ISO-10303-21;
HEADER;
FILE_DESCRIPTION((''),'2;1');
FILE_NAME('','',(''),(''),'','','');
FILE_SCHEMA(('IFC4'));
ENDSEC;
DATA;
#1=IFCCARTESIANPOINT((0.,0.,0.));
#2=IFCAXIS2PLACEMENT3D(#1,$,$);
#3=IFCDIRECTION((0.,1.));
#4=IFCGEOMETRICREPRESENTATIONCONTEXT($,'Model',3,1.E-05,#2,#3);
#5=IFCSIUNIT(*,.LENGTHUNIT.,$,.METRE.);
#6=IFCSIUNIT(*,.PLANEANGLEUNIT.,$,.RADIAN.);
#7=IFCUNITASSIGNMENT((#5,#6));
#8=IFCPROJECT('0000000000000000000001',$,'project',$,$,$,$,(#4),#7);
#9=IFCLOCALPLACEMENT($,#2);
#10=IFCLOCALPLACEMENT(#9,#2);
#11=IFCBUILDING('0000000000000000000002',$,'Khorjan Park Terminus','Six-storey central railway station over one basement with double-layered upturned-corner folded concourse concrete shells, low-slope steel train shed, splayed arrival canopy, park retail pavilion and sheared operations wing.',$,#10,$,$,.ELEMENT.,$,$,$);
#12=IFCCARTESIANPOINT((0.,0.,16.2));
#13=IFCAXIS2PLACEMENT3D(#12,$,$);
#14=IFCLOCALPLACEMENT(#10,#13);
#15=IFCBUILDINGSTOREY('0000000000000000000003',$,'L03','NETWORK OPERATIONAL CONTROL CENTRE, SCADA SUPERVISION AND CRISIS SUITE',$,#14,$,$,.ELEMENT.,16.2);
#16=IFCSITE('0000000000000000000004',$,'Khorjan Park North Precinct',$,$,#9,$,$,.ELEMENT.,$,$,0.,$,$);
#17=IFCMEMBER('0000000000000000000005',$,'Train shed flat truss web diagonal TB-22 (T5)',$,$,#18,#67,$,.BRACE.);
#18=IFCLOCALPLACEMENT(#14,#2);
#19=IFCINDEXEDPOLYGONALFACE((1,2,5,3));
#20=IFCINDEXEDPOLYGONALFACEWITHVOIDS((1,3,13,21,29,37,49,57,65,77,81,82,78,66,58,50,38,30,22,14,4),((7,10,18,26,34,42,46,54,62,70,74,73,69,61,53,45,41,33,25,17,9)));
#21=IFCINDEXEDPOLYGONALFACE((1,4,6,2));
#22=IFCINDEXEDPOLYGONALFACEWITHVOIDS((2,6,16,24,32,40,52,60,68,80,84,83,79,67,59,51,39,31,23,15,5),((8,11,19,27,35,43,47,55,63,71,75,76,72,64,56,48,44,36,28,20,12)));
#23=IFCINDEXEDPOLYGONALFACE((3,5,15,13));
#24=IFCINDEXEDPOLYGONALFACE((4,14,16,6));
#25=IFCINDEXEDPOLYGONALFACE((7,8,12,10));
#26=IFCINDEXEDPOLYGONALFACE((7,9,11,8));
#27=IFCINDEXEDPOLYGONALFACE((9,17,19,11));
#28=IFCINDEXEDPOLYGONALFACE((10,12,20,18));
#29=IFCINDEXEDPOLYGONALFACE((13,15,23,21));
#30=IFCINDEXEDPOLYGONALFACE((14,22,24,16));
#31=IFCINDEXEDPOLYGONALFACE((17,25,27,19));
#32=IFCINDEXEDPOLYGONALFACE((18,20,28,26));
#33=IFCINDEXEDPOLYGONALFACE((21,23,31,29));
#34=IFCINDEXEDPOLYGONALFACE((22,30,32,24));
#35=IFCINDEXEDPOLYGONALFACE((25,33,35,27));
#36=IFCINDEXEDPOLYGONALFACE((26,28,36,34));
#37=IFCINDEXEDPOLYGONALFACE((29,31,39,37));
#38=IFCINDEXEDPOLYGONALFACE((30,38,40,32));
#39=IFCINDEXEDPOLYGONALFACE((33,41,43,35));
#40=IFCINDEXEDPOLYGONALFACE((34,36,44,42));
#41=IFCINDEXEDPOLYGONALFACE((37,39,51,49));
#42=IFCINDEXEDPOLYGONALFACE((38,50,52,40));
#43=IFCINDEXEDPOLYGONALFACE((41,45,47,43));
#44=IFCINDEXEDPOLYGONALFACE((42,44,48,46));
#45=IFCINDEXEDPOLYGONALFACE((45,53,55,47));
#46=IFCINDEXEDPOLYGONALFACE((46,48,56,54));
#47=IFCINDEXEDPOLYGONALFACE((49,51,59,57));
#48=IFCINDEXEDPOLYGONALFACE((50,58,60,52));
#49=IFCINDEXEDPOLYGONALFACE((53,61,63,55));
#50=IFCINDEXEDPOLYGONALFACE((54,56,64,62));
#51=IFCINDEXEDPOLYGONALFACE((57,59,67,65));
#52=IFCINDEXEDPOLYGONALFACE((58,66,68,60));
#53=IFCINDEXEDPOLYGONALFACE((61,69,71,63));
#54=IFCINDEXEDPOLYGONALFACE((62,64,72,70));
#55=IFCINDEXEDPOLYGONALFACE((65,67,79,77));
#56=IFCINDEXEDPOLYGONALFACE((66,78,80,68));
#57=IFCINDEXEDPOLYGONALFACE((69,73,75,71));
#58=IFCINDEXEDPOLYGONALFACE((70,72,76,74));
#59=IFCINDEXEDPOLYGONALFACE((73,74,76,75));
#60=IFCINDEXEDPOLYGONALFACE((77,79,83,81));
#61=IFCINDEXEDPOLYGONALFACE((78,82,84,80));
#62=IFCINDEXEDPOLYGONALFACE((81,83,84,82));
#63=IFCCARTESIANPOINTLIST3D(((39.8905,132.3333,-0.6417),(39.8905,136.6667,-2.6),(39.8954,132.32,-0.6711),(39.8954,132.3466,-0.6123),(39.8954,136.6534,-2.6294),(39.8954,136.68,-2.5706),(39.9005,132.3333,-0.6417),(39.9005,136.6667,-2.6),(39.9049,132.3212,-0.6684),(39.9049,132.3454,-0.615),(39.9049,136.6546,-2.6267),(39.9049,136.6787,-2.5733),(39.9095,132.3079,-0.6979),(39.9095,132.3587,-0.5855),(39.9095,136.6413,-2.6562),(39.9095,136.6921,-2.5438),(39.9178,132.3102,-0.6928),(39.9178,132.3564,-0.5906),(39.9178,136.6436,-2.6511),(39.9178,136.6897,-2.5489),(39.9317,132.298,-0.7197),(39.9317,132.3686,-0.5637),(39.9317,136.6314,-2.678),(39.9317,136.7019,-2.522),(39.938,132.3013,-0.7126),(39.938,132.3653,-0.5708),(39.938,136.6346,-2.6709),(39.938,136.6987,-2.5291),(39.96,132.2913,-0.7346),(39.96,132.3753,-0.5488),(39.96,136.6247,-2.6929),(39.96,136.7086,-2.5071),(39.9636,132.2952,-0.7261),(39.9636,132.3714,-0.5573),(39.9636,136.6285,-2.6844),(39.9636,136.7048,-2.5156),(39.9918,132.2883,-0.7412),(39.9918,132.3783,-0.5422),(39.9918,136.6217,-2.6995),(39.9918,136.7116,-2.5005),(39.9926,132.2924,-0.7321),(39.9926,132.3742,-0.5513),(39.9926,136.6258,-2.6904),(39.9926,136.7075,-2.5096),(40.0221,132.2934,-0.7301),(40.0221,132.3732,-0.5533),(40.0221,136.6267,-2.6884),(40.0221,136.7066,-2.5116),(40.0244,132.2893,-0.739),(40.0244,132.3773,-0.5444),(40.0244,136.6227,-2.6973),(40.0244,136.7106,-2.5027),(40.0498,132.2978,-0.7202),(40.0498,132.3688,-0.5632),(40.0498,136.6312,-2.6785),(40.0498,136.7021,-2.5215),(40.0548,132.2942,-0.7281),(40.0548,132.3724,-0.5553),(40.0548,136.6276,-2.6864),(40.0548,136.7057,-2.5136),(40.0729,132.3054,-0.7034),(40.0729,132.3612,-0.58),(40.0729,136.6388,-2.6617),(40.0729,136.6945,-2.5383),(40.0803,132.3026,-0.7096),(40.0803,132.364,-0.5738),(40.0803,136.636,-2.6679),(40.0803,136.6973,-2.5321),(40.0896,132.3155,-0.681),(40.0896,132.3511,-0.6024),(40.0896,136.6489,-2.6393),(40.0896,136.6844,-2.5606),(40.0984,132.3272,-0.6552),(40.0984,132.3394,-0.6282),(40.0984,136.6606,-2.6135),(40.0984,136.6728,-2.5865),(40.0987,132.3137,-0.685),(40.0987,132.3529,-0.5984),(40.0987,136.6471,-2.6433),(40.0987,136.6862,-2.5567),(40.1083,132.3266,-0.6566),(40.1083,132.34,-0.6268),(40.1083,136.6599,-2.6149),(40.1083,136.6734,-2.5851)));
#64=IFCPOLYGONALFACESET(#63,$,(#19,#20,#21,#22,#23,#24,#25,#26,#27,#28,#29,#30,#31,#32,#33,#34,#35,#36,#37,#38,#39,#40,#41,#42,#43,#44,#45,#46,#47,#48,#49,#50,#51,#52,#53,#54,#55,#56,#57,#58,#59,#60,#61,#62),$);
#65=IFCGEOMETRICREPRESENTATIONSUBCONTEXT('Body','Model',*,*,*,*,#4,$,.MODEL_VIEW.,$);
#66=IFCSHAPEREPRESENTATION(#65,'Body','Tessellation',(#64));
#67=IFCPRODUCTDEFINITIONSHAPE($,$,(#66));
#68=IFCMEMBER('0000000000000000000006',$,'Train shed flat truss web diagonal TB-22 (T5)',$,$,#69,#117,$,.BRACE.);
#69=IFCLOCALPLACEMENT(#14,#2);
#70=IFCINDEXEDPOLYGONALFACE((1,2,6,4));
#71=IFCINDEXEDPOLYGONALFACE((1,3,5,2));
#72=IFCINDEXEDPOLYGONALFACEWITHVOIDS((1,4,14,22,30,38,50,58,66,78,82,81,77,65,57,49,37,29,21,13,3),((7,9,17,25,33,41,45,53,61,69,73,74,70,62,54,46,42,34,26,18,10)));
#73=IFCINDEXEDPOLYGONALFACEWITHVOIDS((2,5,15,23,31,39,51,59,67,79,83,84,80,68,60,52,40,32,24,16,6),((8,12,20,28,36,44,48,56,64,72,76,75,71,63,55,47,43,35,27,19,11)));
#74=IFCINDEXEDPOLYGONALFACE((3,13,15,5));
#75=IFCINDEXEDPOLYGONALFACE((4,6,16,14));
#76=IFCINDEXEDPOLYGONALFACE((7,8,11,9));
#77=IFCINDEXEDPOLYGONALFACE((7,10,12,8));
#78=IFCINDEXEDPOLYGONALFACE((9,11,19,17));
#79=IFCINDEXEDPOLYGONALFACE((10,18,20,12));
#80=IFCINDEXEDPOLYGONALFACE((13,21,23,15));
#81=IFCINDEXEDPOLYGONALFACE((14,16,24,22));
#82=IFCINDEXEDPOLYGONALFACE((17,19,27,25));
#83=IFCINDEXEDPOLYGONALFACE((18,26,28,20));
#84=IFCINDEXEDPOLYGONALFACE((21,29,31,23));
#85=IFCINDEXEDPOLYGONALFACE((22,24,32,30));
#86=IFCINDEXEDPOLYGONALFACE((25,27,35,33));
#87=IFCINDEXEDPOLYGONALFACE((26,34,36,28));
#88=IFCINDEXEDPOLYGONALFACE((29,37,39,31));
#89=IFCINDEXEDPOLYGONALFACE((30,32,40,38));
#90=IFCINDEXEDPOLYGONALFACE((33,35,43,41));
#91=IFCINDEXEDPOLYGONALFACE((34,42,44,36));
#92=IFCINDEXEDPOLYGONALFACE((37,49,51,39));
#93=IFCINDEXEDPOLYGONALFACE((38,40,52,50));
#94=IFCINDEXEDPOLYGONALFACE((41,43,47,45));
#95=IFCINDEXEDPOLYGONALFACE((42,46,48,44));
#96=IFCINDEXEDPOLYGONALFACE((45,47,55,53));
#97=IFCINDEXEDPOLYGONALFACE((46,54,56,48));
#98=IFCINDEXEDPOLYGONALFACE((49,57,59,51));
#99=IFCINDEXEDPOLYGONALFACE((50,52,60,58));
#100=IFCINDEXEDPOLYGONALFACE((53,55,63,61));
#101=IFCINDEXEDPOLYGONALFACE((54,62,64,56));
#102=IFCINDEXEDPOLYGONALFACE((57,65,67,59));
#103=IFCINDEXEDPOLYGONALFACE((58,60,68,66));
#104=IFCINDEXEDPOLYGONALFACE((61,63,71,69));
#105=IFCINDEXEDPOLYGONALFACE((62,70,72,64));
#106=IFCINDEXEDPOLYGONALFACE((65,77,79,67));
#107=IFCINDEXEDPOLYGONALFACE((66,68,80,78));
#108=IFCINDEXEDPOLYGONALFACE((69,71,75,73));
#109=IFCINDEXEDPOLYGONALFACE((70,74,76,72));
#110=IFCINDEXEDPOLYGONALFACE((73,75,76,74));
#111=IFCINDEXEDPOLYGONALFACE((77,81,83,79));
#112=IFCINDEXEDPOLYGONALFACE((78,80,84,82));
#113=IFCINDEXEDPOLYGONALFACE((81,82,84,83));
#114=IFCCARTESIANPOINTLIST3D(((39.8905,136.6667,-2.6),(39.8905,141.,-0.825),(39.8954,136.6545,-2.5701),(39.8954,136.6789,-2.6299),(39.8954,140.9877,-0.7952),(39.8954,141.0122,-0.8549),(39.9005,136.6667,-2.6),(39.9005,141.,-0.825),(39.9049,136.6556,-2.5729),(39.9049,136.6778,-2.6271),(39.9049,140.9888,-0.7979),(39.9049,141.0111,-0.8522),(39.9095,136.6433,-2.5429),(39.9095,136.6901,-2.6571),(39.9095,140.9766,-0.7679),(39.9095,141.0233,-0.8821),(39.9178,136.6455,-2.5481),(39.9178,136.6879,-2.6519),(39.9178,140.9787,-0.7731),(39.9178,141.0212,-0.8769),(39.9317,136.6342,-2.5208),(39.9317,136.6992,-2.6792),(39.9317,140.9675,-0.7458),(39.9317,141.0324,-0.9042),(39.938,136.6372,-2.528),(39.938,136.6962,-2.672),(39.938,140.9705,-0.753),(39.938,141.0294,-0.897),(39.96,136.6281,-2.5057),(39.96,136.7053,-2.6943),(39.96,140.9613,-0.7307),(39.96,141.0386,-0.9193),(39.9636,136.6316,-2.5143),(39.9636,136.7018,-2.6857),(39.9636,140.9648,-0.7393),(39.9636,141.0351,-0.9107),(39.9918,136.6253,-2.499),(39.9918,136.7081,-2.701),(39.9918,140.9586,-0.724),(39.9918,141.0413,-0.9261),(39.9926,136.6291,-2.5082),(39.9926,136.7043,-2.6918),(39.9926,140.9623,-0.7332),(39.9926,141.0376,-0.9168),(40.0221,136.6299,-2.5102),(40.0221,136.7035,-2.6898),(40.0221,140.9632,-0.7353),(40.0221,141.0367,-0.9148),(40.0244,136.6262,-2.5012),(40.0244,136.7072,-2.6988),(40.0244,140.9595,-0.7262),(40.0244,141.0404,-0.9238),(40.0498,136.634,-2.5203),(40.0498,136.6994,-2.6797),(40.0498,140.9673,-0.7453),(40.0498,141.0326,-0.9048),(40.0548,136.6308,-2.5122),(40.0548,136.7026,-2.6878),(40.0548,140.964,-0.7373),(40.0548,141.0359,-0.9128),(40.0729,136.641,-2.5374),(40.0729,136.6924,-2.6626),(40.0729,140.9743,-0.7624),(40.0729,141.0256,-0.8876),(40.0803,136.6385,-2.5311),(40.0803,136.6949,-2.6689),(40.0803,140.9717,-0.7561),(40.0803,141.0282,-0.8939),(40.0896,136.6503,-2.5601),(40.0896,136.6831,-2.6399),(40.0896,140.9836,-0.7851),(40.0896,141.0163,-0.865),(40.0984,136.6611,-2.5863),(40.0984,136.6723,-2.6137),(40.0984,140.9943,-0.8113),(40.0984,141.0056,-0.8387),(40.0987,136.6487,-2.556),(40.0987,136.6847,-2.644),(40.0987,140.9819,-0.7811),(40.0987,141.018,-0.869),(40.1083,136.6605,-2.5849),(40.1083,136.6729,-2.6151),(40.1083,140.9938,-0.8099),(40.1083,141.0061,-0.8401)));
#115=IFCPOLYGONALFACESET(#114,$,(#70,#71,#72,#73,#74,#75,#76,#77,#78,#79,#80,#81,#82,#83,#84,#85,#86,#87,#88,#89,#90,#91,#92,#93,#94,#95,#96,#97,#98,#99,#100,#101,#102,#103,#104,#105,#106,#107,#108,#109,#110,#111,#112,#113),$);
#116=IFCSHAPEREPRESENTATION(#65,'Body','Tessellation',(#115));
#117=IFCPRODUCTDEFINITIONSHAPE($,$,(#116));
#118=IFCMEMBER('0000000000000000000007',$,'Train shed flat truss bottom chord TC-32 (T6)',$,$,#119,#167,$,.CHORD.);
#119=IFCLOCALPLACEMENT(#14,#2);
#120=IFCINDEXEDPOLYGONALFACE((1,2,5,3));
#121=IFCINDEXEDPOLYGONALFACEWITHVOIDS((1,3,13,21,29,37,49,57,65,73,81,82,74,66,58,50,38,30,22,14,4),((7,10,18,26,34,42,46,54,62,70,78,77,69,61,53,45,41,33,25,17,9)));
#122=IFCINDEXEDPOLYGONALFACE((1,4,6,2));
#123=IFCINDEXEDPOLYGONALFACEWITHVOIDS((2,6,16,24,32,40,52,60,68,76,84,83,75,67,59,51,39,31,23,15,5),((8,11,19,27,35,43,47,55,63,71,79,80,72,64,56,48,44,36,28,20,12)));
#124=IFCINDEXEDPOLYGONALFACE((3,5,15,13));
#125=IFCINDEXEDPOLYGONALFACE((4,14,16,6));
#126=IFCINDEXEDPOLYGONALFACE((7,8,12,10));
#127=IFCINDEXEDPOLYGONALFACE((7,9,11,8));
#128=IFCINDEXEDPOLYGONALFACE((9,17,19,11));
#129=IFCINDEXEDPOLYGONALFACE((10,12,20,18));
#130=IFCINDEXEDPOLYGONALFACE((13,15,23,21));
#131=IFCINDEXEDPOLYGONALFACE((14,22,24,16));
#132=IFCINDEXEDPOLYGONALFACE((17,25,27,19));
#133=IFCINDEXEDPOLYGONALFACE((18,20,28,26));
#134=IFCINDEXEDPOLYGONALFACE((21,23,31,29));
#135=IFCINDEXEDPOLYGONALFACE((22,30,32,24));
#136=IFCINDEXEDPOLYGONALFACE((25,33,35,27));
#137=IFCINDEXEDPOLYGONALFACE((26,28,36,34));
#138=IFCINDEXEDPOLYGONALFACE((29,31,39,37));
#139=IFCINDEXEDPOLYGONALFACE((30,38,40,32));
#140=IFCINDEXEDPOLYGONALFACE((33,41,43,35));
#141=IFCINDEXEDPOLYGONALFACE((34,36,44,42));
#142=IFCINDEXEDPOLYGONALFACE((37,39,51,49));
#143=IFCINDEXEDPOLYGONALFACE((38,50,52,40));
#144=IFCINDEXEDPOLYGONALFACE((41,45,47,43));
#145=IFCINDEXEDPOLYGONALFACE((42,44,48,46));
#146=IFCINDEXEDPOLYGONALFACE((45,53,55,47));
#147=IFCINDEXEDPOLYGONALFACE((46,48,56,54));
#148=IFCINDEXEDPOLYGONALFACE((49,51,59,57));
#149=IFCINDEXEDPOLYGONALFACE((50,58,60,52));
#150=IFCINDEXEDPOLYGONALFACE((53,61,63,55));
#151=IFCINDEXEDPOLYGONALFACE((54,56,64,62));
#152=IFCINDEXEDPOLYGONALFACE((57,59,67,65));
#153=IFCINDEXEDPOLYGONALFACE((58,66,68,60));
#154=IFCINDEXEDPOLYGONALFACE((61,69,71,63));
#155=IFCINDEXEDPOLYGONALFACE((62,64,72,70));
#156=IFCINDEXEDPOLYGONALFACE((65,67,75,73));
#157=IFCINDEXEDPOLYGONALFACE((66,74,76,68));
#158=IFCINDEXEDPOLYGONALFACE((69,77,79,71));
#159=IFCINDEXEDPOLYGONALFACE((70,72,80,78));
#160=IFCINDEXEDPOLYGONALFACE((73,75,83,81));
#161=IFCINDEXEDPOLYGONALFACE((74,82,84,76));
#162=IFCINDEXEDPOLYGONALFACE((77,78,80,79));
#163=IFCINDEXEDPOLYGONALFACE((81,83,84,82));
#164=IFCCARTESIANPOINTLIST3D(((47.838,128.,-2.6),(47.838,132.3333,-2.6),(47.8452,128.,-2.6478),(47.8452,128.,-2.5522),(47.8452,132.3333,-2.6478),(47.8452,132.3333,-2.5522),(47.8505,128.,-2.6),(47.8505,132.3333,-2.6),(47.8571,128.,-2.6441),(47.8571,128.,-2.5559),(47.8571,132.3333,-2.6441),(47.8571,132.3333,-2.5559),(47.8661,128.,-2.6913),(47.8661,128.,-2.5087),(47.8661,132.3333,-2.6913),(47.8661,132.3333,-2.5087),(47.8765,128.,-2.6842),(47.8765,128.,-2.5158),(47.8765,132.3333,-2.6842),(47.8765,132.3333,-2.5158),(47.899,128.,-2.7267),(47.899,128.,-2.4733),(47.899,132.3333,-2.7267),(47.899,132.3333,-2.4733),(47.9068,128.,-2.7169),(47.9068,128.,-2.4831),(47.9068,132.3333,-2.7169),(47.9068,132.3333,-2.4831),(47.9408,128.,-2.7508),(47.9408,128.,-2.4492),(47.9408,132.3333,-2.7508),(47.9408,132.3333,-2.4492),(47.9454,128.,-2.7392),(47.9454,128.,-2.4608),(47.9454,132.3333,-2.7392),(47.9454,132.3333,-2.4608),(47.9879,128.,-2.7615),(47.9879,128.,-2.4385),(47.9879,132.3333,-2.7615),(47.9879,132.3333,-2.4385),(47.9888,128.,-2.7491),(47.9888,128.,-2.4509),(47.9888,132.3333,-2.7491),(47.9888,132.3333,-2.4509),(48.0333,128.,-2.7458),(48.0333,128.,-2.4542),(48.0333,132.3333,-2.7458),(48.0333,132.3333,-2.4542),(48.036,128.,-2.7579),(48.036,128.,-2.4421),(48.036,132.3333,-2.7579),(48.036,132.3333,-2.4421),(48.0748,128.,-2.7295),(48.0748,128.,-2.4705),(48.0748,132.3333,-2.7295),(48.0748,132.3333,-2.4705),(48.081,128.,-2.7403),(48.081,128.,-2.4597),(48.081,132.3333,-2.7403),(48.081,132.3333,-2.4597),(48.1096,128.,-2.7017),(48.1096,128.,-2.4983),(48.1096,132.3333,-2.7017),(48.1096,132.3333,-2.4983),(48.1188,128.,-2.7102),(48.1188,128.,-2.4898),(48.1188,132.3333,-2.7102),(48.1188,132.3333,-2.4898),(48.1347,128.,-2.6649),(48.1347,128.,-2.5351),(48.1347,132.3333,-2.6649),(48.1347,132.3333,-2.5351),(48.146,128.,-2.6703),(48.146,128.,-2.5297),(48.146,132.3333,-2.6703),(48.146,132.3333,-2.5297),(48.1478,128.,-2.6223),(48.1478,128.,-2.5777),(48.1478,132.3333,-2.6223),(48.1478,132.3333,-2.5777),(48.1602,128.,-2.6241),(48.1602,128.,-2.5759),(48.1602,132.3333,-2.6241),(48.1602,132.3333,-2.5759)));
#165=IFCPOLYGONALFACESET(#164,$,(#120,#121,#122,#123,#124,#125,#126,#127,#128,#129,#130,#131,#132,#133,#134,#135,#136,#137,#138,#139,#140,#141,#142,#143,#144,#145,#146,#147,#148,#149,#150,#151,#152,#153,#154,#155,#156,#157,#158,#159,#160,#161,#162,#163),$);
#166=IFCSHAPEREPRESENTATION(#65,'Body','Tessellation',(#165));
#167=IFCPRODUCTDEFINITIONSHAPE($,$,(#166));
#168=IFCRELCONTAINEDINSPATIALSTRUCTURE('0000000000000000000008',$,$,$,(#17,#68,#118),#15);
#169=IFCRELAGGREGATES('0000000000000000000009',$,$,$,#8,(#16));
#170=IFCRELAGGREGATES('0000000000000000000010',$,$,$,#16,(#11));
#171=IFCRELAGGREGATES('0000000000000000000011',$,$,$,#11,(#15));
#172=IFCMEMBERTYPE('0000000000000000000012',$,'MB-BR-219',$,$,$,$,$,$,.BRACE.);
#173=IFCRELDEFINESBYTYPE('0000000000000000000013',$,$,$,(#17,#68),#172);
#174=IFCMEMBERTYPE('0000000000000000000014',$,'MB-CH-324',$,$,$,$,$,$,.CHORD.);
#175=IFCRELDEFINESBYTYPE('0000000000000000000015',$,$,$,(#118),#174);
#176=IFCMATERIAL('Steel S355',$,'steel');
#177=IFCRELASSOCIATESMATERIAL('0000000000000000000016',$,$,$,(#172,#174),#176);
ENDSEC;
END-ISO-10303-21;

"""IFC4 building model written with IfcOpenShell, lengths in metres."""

from ifc_helpers import new_model, si_unit, direction, frame, origin, origin_2d, place, context, subcontext, project, spatial, hollow_circle, extrude, material, material_profile, profile_set, type_object, element, save


model = new_model("IFC4")

# Units and contexts
model_context = context("Model", 3, precision=1e-05, world=origin(), true_north=direction((0.0, 1.0)))
body_context = subcontext(model_context, "Body", "Model", "MODEL_VIEW")
ifc_project = project(units=[si_unit("LENGTHUNIT", "METRE"), si_unit("PLANEANGLEUNIT", "RADIAN")], contexts=[model_context])

# Site, building, storey
site_placement = place(None, origin())
site = spatial("IfcSite", under=ifc_project, at=site_placement, Name="Khorjan Park North Precinct", CompositionType="ELEMENT", RefElevation=0.0)
building_placement = place(site_placement, origin())
building = spatial("IfcBuilding", under=site, at=building_placement, Name="Khorjan Park Terminus", Description="Six-storey central railway station over one basement with double-layered upturned-corner folded concourse concrete shells, low-slope steel train shed, splayed arrival canopy, park retail pavilion and sheared operations wing.", CompositionType="ELEMENT")
storey_placement = place(building_placement, frame((0.0, 0.0, 16.2)))
storey = spatial("IfcBuildingStorey", under=building, at=storey_placement, Name="L03", Description="NETWORK OPERATIONAL CONTROL CENTRE, SCADA SUPERVISION AND CRISIS SUITE", CompositionType="ELEMENT", Elevation=16.2)

# Members
ifc_material = material(Name="Steel S355", Category="steel")
ifc_material_profile_1 = material_profile(ifc_material, hollow_circle(Radius=0.1095, WallThickness=0.01, at=origin_2d()), Name="CHS 219.1x10")
ifc_profile_set_1 = profile_set([ifc_material_profile_1], Name="Steel S355")
member_type_1 = type_object("IfcMemberType", Name="MB-BR-219", PredefinedType="BRACE", material=ifc_profile_set_1)
member_1_placement = place(storey_placement, frame((40.0, 132.3333, -0.6417), z_axis=(0.0, 0.91127, -0.41181), x_axis=(-1.0, 0.0, 0.0)))
element("IfcMember", 1, at=member_1_placement, inside=storey, type_object=member_type_1, Name="Train shed flat truss web diagonal TB-22 (T5)", PredefinedType="BRACE", context=body_context, shape_type="SweptSolid", body=[
    extrude(hollow_circle(Radius=0.1095, WallThickness=0.01, at=origin_2d()), origin(), (0.0, 0.0, 1.0), 4.7553),
])
member_2_placement = place(storey_placement, frame((40.0, 136.6667, -2.6), z_axis=(0.0, 0.925376, 0.379051), x_axis=(-1.0, 0.0, 0.0)))
element("IfcMember", 2, at=member_2_placement, inside=storey, type_object=member_type_1, Name="Train shed flat truss web diagonal TB-22 (T5)", PredefinedType="BRACE", context=body_context, shape_type="SweptSolid", body=[
    extrude(hollow_circle(Radius=0.1095, WallThickness=0.01, at=origin_2d()), origin(), (0.0, 0.0, 1.0), 4.6827),
])
ifc_material_profile_2 = material_profile(ifc_material, hollow_circle(Radius=0.162, WallThickness=0.0125, at=origin_2d()), Name="CHS 323.9x12.5")
ifc_profile_set_2 = profile_set([ifc_material_profile_2], Name="Steel S355")
member_type_2 = type_object("IfcMemberType", Name="MB-CH-324", PredefinedType="CHORD", material=ifc_profile_set_2)
member_3_placement = place(storey_placement, frame((48.0, 128.0, -2.6), z_axis=(0.0, 1.0, 0.0), x_axis=(-1.0, 0.0, 0.0)))
element("IfcMember", 3, at=member_3_placement, inside=storey, type_object=member_type_2, Name="Train shed flat truss bottom chord TC-32 (T6)", PredefinedType="CHORD", context=body_context, shape_type="SweptSolid", body=[
    extrude(hollow_circle(Radius=0.162, WallThickness=0.0125, at=origin_2d()), origin(), (0.0, 0.0, 1.0), 4.3333),
])

save(model, "model.ifc")
